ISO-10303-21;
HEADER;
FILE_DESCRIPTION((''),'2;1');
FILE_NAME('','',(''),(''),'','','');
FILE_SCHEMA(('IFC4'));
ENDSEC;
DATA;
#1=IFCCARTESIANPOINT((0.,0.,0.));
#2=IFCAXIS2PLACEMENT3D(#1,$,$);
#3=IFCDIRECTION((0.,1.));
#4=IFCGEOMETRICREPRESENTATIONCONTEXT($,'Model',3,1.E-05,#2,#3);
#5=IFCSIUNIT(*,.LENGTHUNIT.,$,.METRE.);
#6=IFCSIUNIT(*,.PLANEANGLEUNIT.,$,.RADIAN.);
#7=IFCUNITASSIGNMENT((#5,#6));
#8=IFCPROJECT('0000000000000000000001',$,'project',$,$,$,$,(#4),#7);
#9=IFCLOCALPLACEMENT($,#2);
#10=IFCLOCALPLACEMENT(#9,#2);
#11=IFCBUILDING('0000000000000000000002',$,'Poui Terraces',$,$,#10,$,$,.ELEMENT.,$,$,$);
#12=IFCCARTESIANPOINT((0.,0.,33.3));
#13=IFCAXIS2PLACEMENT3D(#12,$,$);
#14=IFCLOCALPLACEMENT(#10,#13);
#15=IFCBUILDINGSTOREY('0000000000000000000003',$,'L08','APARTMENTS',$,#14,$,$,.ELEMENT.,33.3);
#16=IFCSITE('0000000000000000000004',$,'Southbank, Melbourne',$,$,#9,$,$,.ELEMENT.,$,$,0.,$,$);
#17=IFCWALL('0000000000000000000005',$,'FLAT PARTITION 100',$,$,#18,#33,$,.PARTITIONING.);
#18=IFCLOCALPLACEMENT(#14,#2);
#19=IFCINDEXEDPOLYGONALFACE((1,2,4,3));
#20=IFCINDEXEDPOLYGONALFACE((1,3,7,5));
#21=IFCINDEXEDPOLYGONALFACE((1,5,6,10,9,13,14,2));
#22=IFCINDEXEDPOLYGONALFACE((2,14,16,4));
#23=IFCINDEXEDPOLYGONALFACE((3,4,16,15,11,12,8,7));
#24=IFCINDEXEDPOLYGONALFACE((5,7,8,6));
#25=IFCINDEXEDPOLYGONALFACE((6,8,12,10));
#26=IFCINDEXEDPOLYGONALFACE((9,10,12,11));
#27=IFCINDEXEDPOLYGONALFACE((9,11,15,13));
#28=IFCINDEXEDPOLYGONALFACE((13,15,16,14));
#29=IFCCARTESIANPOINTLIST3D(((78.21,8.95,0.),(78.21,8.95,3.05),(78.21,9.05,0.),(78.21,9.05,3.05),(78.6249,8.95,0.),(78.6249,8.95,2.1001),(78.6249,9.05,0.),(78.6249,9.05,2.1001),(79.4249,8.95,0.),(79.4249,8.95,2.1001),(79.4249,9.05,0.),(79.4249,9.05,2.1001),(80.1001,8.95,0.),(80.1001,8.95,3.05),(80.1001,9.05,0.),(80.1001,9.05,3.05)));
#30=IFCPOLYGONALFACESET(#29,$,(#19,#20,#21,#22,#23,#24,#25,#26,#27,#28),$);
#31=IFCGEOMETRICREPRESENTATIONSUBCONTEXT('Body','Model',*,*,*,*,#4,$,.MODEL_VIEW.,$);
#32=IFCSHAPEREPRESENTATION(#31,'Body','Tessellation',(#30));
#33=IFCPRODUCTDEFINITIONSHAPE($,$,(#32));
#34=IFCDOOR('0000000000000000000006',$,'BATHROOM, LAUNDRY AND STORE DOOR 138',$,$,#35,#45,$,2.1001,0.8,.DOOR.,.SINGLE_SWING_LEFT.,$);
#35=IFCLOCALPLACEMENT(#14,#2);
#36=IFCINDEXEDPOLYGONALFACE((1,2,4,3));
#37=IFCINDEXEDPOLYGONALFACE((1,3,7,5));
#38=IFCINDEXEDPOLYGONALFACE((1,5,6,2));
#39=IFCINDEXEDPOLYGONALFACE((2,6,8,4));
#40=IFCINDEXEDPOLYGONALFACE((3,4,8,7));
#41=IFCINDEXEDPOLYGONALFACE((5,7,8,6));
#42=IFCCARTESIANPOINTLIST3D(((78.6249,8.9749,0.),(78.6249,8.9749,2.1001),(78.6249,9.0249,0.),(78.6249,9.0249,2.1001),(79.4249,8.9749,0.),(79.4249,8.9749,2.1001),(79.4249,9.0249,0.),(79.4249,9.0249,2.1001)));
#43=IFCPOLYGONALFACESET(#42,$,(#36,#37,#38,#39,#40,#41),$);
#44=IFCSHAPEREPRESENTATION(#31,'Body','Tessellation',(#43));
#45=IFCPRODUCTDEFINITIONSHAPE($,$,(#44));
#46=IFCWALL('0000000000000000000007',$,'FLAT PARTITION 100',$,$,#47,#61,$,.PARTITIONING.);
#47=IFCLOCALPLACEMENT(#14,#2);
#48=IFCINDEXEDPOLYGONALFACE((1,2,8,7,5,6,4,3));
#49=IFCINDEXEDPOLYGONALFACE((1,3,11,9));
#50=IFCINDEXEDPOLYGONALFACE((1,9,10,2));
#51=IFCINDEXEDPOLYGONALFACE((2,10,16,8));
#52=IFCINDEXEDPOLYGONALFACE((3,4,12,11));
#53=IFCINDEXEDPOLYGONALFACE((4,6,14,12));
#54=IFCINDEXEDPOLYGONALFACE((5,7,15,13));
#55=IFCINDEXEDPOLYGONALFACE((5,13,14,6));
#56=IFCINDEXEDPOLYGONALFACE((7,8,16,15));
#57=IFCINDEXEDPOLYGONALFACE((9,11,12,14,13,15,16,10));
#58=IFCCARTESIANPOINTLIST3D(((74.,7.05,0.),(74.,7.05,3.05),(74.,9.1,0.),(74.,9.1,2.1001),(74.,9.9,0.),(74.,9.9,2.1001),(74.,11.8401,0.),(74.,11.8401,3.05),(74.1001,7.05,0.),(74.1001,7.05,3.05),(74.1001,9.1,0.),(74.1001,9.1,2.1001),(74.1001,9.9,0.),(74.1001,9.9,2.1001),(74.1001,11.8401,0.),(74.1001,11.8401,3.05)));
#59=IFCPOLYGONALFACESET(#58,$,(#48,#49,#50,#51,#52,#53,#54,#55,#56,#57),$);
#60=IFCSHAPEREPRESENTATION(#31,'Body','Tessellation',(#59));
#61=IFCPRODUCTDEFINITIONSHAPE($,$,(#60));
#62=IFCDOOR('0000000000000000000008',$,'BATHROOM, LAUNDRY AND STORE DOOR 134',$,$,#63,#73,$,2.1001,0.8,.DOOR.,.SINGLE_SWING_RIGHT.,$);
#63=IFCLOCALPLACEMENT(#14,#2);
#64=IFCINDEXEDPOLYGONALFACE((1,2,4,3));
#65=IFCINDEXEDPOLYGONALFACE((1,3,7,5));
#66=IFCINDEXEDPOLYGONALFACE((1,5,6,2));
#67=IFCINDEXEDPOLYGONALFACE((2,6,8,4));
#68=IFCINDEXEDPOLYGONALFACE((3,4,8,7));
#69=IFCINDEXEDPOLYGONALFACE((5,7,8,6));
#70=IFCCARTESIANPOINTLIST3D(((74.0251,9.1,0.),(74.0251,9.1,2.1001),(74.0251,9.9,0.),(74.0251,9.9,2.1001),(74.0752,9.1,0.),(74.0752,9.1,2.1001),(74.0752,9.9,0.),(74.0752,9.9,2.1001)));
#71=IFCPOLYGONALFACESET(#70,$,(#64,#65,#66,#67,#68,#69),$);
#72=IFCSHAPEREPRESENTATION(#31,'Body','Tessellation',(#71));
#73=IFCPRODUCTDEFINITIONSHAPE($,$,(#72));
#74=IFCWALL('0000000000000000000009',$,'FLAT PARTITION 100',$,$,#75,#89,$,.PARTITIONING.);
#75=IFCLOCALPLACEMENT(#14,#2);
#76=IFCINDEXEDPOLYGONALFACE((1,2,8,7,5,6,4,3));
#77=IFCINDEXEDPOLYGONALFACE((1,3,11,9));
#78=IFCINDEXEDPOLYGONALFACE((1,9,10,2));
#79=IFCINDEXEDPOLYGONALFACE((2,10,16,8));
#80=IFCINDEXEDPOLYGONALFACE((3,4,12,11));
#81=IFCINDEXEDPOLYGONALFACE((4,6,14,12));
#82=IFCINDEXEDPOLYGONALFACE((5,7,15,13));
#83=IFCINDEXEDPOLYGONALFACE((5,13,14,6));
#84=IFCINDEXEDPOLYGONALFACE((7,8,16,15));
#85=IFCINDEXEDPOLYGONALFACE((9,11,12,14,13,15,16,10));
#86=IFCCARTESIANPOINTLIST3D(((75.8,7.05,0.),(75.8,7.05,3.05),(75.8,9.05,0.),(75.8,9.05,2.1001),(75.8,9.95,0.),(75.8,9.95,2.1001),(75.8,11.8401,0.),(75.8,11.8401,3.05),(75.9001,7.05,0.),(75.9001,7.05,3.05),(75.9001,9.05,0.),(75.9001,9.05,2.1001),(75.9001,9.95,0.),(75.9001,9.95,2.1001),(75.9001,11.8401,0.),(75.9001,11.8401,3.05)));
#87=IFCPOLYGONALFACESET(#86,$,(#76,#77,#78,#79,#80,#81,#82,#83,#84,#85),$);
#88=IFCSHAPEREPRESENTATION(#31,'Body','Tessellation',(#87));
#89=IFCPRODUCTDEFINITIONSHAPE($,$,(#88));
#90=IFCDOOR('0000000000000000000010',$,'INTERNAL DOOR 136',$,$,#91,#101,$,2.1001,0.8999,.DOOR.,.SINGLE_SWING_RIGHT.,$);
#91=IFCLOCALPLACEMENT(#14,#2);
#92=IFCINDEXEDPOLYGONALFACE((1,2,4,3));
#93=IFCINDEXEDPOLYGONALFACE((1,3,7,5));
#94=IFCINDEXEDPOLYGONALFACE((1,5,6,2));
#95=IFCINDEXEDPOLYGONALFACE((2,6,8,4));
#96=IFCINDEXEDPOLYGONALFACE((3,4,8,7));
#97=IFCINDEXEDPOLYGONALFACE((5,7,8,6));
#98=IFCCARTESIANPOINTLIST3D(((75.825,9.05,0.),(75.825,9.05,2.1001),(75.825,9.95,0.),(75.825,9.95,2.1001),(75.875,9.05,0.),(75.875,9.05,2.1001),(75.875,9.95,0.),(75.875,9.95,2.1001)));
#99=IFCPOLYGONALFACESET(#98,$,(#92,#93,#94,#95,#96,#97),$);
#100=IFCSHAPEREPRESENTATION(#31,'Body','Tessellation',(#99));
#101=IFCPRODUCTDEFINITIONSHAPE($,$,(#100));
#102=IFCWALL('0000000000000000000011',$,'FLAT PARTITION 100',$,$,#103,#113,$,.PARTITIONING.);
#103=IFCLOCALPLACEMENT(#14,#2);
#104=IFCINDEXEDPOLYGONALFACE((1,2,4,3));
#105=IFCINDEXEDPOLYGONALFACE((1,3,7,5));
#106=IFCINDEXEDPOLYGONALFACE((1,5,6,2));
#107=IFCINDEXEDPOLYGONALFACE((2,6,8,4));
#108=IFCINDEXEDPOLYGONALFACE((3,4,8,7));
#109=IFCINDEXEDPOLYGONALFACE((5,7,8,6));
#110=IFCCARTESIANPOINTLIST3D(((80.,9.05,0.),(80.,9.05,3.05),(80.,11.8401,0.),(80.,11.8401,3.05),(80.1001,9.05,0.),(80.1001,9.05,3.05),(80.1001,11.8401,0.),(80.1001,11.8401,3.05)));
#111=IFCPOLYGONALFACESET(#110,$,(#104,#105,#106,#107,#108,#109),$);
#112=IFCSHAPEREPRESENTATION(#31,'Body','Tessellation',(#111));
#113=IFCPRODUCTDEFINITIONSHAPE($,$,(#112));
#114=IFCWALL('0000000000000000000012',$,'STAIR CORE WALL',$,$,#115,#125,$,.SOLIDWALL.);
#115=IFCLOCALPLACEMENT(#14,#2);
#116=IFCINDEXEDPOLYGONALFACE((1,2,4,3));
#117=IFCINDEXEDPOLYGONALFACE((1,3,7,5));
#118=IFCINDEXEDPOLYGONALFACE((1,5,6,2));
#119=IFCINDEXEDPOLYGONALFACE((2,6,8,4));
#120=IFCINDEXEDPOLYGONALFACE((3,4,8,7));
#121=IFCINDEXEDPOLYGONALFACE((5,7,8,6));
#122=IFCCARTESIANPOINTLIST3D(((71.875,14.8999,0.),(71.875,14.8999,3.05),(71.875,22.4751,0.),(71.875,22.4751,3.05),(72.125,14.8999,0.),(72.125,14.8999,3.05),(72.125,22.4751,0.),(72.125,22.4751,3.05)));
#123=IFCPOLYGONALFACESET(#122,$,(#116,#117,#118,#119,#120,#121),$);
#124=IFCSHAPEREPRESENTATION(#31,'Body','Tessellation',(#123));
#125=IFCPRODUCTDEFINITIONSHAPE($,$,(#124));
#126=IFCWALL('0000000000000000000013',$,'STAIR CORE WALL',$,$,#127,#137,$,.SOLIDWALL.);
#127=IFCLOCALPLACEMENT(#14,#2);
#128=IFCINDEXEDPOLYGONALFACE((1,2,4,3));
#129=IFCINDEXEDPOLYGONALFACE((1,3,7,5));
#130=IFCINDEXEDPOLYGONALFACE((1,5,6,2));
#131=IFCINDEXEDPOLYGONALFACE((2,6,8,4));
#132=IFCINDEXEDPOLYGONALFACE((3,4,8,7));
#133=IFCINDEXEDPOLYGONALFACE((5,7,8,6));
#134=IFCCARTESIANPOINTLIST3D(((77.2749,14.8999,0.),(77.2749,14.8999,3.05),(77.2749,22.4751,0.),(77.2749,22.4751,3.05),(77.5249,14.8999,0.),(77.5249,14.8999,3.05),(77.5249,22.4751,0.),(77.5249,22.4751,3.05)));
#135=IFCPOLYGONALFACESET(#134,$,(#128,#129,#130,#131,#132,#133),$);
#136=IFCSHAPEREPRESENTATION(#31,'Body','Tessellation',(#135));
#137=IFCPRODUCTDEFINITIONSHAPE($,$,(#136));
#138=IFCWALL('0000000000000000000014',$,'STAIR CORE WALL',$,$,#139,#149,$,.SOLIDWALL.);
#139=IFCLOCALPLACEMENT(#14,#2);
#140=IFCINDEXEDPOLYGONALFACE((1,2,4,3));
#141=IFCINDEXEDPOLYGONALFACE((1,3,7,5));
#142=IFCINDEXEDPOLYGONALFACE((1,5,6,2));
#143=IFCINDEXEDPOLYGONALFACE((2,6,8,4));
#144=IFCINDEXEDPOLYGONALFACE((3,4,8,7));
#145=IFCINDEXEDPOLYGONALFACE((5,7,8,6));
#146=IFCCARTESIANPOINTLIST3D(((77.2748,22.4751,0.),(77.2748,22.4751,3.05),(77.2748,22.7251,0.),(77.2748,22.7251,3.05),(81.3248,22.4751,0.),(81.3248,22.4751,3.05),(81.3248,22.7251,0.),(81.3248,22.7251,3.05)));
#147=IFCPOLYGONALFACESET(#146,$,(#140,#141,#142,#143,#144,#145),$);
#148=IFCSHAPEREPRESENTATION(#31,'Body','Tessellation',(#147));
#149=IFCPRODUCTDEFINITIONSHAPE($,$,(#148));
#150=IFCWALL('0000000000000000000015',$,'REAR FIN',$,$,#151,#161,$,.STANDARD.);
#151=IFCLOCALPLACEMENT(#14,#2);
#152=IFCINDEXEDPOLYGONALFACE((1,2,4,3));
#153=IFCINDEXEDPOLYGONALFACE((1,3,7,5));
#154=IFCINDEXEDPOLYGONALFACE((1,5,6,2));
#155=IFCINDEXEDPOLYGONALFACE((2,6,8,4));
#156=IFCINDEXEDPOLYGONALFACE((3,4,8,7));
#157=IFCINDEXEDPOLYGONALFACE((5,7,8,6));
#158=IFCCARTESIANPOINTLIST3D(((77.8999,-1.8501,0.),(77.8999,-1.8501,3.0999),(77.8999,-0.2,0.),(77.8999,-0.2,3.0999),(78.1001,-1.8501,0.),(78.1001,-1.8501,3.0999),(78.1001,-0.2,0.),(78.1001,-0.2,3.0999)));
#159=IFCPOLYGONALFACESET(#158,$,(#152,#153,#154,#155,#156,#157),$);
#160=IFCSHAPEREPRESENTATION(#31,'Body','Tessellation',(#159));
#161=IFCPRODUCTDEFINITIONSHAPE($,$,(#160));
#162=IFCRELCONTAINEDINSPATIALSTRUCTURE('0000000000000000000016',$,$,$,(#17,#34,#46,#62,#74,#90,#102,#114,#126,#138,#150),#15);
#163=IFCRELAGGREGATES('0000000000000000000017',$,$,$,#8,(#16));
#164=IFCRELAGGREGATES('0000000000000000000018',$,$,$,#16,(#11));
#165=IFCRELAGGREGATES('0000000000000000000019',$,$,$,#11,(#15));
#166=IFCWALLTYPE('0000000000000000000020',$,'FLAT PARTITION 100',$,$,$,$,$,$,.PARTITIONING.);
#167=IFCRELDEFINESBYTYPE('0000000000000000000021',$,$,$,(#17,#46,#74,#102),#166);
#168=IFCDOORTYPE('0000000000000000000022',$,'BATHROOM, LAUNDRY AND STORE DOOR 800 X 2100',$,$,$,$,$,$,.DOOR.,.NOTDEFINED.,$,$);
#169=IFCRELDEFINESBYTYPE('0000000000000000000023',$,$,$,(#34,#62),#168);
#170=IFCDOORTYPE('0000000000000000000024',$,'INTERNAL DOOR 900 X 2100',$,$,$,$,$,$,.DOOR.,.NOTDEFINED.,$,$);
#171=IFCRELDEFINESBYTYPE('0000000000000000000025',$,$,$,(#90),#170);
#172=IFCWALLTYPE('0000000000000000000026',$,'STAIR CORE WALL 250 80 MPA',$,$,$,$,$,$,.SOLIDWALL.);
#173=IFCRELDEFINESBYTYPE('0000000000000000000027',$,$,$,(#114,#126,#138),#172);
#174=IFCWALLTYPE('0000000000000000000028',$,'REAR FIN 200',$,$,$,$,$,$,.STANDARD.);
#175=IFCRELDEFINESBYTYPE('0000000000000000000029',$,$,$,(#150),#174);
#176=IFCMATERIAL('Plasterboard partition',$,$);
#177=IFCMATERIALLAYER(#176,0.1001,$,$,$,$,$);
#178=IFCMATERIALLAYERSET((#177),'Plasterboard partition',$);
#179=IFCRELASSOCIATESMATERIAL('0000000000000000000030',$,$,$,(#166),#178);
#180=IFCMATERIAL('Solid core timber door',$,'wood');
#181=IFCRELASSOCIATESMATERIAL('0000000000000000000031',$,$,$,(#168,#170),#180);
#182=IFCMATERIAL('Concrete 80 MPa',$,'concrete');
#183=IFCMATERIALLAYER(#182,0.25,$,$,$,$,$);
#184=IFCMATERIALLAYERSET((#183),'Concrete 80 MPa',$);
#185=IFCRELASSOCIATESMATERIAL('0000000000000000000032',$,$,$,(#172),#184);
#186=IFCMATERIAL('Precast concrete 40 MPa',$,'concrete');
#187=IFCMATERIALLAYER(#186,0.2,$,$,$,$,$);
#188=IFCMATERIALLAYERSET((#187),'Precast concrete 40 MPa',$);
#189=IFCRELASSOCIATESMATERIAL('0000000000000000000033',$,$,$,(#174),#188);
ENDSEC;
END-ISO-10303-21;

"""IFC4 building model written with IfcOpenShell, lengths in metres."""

from ifc_helpers import new_model, si_unit, direction, frame, frame_2d, origin, place, context, subcontext, project, spatial, polyline, rectangle, outline, extrude, source, transform, mapped, material, layer, layer_set, type_object, element, fill, save


model = new_model("IFC4")

# Units and contexts
model_context = context("Model", 3, precision=1e-05, world=origin(), true_north=direction((0.0, 1.0)))
body_context = subcontext(model_context, "Body", "Model", "MODEL_VIEW")
ifc_project = project(units=[si_unit("LENGTHUNIT", "METRE"), si_unit("PLANEANGLEUNIT", "RADIAN")], contexts=[model_context])

# Site, building, storey
site_placement = place(None, origin())
site = spatial("IfcSite", under=ifc_project, at=site_placement, Name="Southbank, Melbourne", CompositionType="ELEMENT", RefElevation=0.0)
building_placement = place(site_placement, origin())
building = spatial("IfcBuilding", under=site, at=building_placement, Name="Poui Terraces", CompositionType="ELEMENT")
storey_placement = place(building_placement, frame((0.0, 0.0, 33.3)))
storey = spatial("IfcBuildingStorey", under=building, at=storey_placement, Name="L08", Description="APARTMENTS", CompositionType="ELEMENT", Elevation=33.3)

# Shared definitions
ifc_material_1 = material(Name="Concrete 80 MPa", Category="concrete")

# Shared definitions
ifc_material_2 = material(Name="Precast concrete 40 MPa", Category="concrete")

# Shared definitions
ifc_material_3 = material(Name="Plasterboard partition")
ifc_layer_1 = layer(ifc_material_3, 0.1001)
ifc_layer_set_1 = layer_set([ifc_layer_1], Name="Plasterboard partition")
wall_type_1 = type_object("IfcWallType", Name="FLAT PARTITION 100", PredefinedType="PARTITIONING", material=ifc_layer_set_1)

# Walls, openings, doors
wall_1_placement = place(storey_placement, frame((78.21, 9.0, 0.0), z_axis=(0.0, 0.0, 1.0), x_axis=(1.0, 0.0, 0.0)))
wall_1 = element("IfcWall", 1, at=wall_1_placement, inside=storey, type_object=wall_type_1, Name="FLAT PARTITION 100", PredefinedType="PARTITIONING", context=body_context, shape_type="SweptSolid", body=[
    extrude(rectangle(XDim=1.8901, YDim=0.1001, at=frame_2d((0.9451, 0.0))), origin(), (0.0, 0.0, 1.0), 3.05),
])
opening_1_placement = place(wall_1_placement, frame((0.415, 0.0, 0.0)))
opening_1 = element("IfcOpeningElement", 2, at=opening_1_placement, cuts=wall_1, PredefinedType="OPENING", context=body_context, shape_type="SweptSolid", body=[
    extrude(rectangle(XDim=0.8, YDim=2.1001, at=frame_2d((0.3999, 1.05))), frame((0.0, 0.0601, 0.0), z_axis=(0.0, -1.0, 0.0), x_axis=(1.0, 0.0, 0.0)), (0.0, 0.0, 1.0), 0.1201),
])
ifc_material_4 = material(Name="Solid core timber door", Category="wood")
door_type_1 = type_object("IfcDoorType", Name="BATHROOM, LAUNDRY AND STORE DOOR 800 X 2100", OperationType="NOTDEFINED", PredefinedType="DOOR", material=ifc_material_4)
door_1_placement = place(opening_1_placement, origin())
door_1 = element("IfcDoor", 3, at=door_1_placement, inside=storey, type_object=door_type_1, Name="BATHROOM, LAUNDRY AND STORE DOOR 138", OperationType="SINGLE_SWING_LEFT", OverallHeight=2.1001, OverallWidth=0.8, PredefinedType="DOOR", context=body_context, shape_type="SweptSolid", body=[
    extrude(rectangle(XDim=0.8, YDim=2.1001, at=frame_2d((0.3999, 1.05))), frame((0.0, 0.0249, 0.0), z_axis=(0.0, -1.0, 0.0), x_axis=(1.0, 0.0, 0.0)), (0.0, 0.0, 1.0), 0.05),
])
fill(opening_1, door_1)
wall_2_placement = place(storey_placement, frame((74.05, 7.05, 0.0), z_axis=(0.0, 0.0, 1.0), x_axis=(0.0, 1.0, 0.0)))
wall_2 = element("IfcWall", 4, at=wall_2_placement, inside=storey, type_object=wall_type_1, Name="FLAT PARTITION 100", PredefinedType="PARTITIONING", context=body_context, shape_type="SweptSolid", body=[
    extrude(rectangle(XDim=4.79, YDim=0.1001, at=frame_2d((2.395, 0.0))), origin(), (0.0, 0.0, 1.0), 3.05),
])
opening_2_placement = place(wall_2_placement, frame((2.05, 0.0, 0.0)))
opening_2 = element("IfcOpeningElement", 5, at=opening_2_placement, cuts=wall_2, PredefinedType="OPENING", context=body_context, shape_type="SweptSolid", body=[
    extrude(rectangle(XDim=0.8, YDim=2.1001, at=frame_2d((0.3999, 1.05))), frame((0.0, 0.0601, 0.0), z_axis=(0.0, -1.0, 0.0), x_axis=(1.0, 0.0, 0.0)), (0.0, 0.0, 1.0), 0.1201),
])
door_2_placement = place(opening_2_placement, origin())
door_2 = element("IfcDoor", 6, at=door_2_placement, inside=storey, type_object=door_type_1, Name="BATHROOM, LAUNDRY AND STORE DOOR 134", OperationType="SINGLE_SWING_RIGHT", OverallHeight=2.1001, OverallWidth=0.8, PredefinedType="DOOR", context=body_context, shape_type="SweptSolid", body=[
    extrude(rectangle(XDim=0.8, YDim=2.1001, at=frame_2d((0.3999, 1.05))), frame((0.0, 0.0249, 0.0), z_axis=(0.0, -1.0, 0.0), x_axis=(1.0, 0.0, 0.0)), (0.0, 0.0, 1.0), 0.05),
])
fill(opening_2, door_2)
wall_3_placement = place(storey_placement, frame((75.8501, 7.05, 0.0), z_axis=(0.0, 0.0, 1.0), x_axis=(0.0, 1.0, 0.0)))
wall_3 = element("IfcWall", 7, at=wall_3_placement, inside=storey, type_object=wall_type_1, Name="FLAT PARTITION 100", PredefinedType="PARTITIONING", context=body_context, shape_type="SweptSolid", body=[
    extrude(rectangle(XDim=4.79, YDim=0.1001, at=frame_2d((2.395, 0.0))), origin(), (0.0, 0.0, 1.0), 3.05),
])
opening_3_placement = place(wall_3_placement, frame((2.0, 0.0, 0.0)))
opening_3 = element("IfcOpeningElement", 8, at=opening_3_placement, cuts=wall_3, PredefinedType="OPENING", context=body_context, shape_type="SweptSolid", body=[
    extrude(rectangle(XDim=0.8999, YDim=2.1001, at=frame_2d((0.45, 1.05))), frame((0.0, 0.0601, 0.0), z_axis=(0.0, -1.0, 0.0), x_axis=(1.0, 0.0, 0.0)), (0.0, 0.0, 1.0), 0.1201),
])
door_type_2 = type_object("IfcDoorType", Name="INTERNAL DOOR 900 X 2100", OperationType="NOTDEFINED", PredefinedType="DOOR", material=ifc_material_4)
door_3_placement = place(opening_3_placement, frame((0.8999, 0.0, 0.0), z_axis=(0.0, 0.0, 1.0), x_axis=(-1.0, 0.0, 0.0)))
door_3 = element("IfcDoor", 9, at=door_3_placement, inside=storey, type_object=door_type_2, Name="INTERNAL DOOR 136", OperationType="SINGLE_SWING_RIGHT", OverallHeight=2.1001, OverallWidth=0.8999, PredefinedType="DOOR", context=body_context, shape_type="SweptSolid", body=[
    extrude(rectangle(XDim=0.8999, YDim=2.1001, at=frame_2d((0.45, 1.05))), frame((0.0, 0.0249, 0.0), z_axis=(0.0, -1.0, 0.0), x_axis=(1.0, 0.0, 0.0)), (0.0, 0.0, 1.0), 0.05),
])
fill(opening_3, door_3)

# Walls
wall_4_placement = place(storey_placement, frame((80.05, 9.05, 0.0), z_axis=(0.0, 0.0, 1.0), x_axis=(0.0, 1.0, 0.0)))
element("IfcWall", 10, at=wall_4_placement, inside=storey, type_object=wall_type_1, Name="FLAT PARTITION 100", PredefinedType="PARTITIONING", context=body_context, shape_type="SweptSolid", body=[
    extrude(rectangle(XDim=2.79, YDim=0.1001, at=frame_2d((1.395, 0.0))), origin(), (0.0, 0.0, 1.0), 3.05),
])
ifc_layer_2 = layer(ifc_material_1, 0.25)
ifc_layer_set_2 = layer_set([ifc_layer_2], Name="Concrete 80 MPa")
wall_type_2 = type_object("IfcWallType", Name="STAIR CORE WALL 250 80 MPA", PredefinedType="SOLIDWALL", material=ifc_layer_set_2)
for number, where, z_axis, x_axis, name in (
    (11, (72.0, 14.8999, 0.0), (0.0, 0.0, 1.0), (0.0, 1.0, 0.0), "STAIR CORE WALL"),
    (12, (77.3999, 14.8999, 0.0), (0.0, 0.0, 1.0), (0.0, 1.0, 0.0), "STAIR CORE WALL"),
):
    element("IfcWall", number, at=place(storey_placement, frame(where, z_axis=z_axis, x_axis=x_axis)), inside=storey, type_object=wall_type_2, Name=name, PredefinedType="SOLIDWALL", context=body_context, shape_type="SweptSolid", body=[
        extrude(rectangle(XDim=7.5752, YDim=0.25, at=frame_2d((3.7876, 0.0))), origin(), (0.0, 0.0, 1.0), 3.05),
    ])
wall_5_placement = place(storey_placement, frame((77.2749, 22.6001, 0.0), z_axis=(0.0, 0.0, 1.0), x_axis=(1.0, 0.0, 0.0)))
element("IfcWall", 13, at=wall_5_placement, inside=storey, type_object=wall_type_2, Name="STAIR CORE WALL", PredefinedType="SOLIDWALL", context=body_context, shape_type="SweptSolid", body=[
    extrude(rectangle(XDim=4.05, YDim=0.25, at=frame_2d((2.0249, 0.0))), origin(), (0.0, 0.0, 1.0), 3.05),
])
ifc_layer_3 = layer(ifc_material_2, 0.2)
ifc_layer_set_3 = layer_set([ifc_layer_3], Name="Precast concrete 40 MPa")
wall_type_3 = type_object("IfcWallType", Name="REAR FIN 200", PredefinedType="STANDARD", material=ifc_layer_set_3)
shared_shape_1 = source(origin(), body_context, "Body", "SweptSolid", [
    extrude(outline(polyline([(0.0, 0.0), (0.2002, 0.0), (0.2002, 1.6501), (0.0, 1.6501), (0.0, 0.0)])), origin(), (0.0, 0.0, 1.0), 3.0999),
])
wall_6_placement = place(storey_placement, frame((77.8999, -1.8501, 0.0)))
element("IfcWall", 14, at=wall_6_placement, inside=storey, type_object=wall_type_3, Name="REAR FIN", PredefinedType="STANDARD", context=body_context, shape_type="MappedRepresentation", body=[
    mapped(shared_shape_1, transform((0.0, 0.0, 0.0))),
])

save(model, "model.ifc")
